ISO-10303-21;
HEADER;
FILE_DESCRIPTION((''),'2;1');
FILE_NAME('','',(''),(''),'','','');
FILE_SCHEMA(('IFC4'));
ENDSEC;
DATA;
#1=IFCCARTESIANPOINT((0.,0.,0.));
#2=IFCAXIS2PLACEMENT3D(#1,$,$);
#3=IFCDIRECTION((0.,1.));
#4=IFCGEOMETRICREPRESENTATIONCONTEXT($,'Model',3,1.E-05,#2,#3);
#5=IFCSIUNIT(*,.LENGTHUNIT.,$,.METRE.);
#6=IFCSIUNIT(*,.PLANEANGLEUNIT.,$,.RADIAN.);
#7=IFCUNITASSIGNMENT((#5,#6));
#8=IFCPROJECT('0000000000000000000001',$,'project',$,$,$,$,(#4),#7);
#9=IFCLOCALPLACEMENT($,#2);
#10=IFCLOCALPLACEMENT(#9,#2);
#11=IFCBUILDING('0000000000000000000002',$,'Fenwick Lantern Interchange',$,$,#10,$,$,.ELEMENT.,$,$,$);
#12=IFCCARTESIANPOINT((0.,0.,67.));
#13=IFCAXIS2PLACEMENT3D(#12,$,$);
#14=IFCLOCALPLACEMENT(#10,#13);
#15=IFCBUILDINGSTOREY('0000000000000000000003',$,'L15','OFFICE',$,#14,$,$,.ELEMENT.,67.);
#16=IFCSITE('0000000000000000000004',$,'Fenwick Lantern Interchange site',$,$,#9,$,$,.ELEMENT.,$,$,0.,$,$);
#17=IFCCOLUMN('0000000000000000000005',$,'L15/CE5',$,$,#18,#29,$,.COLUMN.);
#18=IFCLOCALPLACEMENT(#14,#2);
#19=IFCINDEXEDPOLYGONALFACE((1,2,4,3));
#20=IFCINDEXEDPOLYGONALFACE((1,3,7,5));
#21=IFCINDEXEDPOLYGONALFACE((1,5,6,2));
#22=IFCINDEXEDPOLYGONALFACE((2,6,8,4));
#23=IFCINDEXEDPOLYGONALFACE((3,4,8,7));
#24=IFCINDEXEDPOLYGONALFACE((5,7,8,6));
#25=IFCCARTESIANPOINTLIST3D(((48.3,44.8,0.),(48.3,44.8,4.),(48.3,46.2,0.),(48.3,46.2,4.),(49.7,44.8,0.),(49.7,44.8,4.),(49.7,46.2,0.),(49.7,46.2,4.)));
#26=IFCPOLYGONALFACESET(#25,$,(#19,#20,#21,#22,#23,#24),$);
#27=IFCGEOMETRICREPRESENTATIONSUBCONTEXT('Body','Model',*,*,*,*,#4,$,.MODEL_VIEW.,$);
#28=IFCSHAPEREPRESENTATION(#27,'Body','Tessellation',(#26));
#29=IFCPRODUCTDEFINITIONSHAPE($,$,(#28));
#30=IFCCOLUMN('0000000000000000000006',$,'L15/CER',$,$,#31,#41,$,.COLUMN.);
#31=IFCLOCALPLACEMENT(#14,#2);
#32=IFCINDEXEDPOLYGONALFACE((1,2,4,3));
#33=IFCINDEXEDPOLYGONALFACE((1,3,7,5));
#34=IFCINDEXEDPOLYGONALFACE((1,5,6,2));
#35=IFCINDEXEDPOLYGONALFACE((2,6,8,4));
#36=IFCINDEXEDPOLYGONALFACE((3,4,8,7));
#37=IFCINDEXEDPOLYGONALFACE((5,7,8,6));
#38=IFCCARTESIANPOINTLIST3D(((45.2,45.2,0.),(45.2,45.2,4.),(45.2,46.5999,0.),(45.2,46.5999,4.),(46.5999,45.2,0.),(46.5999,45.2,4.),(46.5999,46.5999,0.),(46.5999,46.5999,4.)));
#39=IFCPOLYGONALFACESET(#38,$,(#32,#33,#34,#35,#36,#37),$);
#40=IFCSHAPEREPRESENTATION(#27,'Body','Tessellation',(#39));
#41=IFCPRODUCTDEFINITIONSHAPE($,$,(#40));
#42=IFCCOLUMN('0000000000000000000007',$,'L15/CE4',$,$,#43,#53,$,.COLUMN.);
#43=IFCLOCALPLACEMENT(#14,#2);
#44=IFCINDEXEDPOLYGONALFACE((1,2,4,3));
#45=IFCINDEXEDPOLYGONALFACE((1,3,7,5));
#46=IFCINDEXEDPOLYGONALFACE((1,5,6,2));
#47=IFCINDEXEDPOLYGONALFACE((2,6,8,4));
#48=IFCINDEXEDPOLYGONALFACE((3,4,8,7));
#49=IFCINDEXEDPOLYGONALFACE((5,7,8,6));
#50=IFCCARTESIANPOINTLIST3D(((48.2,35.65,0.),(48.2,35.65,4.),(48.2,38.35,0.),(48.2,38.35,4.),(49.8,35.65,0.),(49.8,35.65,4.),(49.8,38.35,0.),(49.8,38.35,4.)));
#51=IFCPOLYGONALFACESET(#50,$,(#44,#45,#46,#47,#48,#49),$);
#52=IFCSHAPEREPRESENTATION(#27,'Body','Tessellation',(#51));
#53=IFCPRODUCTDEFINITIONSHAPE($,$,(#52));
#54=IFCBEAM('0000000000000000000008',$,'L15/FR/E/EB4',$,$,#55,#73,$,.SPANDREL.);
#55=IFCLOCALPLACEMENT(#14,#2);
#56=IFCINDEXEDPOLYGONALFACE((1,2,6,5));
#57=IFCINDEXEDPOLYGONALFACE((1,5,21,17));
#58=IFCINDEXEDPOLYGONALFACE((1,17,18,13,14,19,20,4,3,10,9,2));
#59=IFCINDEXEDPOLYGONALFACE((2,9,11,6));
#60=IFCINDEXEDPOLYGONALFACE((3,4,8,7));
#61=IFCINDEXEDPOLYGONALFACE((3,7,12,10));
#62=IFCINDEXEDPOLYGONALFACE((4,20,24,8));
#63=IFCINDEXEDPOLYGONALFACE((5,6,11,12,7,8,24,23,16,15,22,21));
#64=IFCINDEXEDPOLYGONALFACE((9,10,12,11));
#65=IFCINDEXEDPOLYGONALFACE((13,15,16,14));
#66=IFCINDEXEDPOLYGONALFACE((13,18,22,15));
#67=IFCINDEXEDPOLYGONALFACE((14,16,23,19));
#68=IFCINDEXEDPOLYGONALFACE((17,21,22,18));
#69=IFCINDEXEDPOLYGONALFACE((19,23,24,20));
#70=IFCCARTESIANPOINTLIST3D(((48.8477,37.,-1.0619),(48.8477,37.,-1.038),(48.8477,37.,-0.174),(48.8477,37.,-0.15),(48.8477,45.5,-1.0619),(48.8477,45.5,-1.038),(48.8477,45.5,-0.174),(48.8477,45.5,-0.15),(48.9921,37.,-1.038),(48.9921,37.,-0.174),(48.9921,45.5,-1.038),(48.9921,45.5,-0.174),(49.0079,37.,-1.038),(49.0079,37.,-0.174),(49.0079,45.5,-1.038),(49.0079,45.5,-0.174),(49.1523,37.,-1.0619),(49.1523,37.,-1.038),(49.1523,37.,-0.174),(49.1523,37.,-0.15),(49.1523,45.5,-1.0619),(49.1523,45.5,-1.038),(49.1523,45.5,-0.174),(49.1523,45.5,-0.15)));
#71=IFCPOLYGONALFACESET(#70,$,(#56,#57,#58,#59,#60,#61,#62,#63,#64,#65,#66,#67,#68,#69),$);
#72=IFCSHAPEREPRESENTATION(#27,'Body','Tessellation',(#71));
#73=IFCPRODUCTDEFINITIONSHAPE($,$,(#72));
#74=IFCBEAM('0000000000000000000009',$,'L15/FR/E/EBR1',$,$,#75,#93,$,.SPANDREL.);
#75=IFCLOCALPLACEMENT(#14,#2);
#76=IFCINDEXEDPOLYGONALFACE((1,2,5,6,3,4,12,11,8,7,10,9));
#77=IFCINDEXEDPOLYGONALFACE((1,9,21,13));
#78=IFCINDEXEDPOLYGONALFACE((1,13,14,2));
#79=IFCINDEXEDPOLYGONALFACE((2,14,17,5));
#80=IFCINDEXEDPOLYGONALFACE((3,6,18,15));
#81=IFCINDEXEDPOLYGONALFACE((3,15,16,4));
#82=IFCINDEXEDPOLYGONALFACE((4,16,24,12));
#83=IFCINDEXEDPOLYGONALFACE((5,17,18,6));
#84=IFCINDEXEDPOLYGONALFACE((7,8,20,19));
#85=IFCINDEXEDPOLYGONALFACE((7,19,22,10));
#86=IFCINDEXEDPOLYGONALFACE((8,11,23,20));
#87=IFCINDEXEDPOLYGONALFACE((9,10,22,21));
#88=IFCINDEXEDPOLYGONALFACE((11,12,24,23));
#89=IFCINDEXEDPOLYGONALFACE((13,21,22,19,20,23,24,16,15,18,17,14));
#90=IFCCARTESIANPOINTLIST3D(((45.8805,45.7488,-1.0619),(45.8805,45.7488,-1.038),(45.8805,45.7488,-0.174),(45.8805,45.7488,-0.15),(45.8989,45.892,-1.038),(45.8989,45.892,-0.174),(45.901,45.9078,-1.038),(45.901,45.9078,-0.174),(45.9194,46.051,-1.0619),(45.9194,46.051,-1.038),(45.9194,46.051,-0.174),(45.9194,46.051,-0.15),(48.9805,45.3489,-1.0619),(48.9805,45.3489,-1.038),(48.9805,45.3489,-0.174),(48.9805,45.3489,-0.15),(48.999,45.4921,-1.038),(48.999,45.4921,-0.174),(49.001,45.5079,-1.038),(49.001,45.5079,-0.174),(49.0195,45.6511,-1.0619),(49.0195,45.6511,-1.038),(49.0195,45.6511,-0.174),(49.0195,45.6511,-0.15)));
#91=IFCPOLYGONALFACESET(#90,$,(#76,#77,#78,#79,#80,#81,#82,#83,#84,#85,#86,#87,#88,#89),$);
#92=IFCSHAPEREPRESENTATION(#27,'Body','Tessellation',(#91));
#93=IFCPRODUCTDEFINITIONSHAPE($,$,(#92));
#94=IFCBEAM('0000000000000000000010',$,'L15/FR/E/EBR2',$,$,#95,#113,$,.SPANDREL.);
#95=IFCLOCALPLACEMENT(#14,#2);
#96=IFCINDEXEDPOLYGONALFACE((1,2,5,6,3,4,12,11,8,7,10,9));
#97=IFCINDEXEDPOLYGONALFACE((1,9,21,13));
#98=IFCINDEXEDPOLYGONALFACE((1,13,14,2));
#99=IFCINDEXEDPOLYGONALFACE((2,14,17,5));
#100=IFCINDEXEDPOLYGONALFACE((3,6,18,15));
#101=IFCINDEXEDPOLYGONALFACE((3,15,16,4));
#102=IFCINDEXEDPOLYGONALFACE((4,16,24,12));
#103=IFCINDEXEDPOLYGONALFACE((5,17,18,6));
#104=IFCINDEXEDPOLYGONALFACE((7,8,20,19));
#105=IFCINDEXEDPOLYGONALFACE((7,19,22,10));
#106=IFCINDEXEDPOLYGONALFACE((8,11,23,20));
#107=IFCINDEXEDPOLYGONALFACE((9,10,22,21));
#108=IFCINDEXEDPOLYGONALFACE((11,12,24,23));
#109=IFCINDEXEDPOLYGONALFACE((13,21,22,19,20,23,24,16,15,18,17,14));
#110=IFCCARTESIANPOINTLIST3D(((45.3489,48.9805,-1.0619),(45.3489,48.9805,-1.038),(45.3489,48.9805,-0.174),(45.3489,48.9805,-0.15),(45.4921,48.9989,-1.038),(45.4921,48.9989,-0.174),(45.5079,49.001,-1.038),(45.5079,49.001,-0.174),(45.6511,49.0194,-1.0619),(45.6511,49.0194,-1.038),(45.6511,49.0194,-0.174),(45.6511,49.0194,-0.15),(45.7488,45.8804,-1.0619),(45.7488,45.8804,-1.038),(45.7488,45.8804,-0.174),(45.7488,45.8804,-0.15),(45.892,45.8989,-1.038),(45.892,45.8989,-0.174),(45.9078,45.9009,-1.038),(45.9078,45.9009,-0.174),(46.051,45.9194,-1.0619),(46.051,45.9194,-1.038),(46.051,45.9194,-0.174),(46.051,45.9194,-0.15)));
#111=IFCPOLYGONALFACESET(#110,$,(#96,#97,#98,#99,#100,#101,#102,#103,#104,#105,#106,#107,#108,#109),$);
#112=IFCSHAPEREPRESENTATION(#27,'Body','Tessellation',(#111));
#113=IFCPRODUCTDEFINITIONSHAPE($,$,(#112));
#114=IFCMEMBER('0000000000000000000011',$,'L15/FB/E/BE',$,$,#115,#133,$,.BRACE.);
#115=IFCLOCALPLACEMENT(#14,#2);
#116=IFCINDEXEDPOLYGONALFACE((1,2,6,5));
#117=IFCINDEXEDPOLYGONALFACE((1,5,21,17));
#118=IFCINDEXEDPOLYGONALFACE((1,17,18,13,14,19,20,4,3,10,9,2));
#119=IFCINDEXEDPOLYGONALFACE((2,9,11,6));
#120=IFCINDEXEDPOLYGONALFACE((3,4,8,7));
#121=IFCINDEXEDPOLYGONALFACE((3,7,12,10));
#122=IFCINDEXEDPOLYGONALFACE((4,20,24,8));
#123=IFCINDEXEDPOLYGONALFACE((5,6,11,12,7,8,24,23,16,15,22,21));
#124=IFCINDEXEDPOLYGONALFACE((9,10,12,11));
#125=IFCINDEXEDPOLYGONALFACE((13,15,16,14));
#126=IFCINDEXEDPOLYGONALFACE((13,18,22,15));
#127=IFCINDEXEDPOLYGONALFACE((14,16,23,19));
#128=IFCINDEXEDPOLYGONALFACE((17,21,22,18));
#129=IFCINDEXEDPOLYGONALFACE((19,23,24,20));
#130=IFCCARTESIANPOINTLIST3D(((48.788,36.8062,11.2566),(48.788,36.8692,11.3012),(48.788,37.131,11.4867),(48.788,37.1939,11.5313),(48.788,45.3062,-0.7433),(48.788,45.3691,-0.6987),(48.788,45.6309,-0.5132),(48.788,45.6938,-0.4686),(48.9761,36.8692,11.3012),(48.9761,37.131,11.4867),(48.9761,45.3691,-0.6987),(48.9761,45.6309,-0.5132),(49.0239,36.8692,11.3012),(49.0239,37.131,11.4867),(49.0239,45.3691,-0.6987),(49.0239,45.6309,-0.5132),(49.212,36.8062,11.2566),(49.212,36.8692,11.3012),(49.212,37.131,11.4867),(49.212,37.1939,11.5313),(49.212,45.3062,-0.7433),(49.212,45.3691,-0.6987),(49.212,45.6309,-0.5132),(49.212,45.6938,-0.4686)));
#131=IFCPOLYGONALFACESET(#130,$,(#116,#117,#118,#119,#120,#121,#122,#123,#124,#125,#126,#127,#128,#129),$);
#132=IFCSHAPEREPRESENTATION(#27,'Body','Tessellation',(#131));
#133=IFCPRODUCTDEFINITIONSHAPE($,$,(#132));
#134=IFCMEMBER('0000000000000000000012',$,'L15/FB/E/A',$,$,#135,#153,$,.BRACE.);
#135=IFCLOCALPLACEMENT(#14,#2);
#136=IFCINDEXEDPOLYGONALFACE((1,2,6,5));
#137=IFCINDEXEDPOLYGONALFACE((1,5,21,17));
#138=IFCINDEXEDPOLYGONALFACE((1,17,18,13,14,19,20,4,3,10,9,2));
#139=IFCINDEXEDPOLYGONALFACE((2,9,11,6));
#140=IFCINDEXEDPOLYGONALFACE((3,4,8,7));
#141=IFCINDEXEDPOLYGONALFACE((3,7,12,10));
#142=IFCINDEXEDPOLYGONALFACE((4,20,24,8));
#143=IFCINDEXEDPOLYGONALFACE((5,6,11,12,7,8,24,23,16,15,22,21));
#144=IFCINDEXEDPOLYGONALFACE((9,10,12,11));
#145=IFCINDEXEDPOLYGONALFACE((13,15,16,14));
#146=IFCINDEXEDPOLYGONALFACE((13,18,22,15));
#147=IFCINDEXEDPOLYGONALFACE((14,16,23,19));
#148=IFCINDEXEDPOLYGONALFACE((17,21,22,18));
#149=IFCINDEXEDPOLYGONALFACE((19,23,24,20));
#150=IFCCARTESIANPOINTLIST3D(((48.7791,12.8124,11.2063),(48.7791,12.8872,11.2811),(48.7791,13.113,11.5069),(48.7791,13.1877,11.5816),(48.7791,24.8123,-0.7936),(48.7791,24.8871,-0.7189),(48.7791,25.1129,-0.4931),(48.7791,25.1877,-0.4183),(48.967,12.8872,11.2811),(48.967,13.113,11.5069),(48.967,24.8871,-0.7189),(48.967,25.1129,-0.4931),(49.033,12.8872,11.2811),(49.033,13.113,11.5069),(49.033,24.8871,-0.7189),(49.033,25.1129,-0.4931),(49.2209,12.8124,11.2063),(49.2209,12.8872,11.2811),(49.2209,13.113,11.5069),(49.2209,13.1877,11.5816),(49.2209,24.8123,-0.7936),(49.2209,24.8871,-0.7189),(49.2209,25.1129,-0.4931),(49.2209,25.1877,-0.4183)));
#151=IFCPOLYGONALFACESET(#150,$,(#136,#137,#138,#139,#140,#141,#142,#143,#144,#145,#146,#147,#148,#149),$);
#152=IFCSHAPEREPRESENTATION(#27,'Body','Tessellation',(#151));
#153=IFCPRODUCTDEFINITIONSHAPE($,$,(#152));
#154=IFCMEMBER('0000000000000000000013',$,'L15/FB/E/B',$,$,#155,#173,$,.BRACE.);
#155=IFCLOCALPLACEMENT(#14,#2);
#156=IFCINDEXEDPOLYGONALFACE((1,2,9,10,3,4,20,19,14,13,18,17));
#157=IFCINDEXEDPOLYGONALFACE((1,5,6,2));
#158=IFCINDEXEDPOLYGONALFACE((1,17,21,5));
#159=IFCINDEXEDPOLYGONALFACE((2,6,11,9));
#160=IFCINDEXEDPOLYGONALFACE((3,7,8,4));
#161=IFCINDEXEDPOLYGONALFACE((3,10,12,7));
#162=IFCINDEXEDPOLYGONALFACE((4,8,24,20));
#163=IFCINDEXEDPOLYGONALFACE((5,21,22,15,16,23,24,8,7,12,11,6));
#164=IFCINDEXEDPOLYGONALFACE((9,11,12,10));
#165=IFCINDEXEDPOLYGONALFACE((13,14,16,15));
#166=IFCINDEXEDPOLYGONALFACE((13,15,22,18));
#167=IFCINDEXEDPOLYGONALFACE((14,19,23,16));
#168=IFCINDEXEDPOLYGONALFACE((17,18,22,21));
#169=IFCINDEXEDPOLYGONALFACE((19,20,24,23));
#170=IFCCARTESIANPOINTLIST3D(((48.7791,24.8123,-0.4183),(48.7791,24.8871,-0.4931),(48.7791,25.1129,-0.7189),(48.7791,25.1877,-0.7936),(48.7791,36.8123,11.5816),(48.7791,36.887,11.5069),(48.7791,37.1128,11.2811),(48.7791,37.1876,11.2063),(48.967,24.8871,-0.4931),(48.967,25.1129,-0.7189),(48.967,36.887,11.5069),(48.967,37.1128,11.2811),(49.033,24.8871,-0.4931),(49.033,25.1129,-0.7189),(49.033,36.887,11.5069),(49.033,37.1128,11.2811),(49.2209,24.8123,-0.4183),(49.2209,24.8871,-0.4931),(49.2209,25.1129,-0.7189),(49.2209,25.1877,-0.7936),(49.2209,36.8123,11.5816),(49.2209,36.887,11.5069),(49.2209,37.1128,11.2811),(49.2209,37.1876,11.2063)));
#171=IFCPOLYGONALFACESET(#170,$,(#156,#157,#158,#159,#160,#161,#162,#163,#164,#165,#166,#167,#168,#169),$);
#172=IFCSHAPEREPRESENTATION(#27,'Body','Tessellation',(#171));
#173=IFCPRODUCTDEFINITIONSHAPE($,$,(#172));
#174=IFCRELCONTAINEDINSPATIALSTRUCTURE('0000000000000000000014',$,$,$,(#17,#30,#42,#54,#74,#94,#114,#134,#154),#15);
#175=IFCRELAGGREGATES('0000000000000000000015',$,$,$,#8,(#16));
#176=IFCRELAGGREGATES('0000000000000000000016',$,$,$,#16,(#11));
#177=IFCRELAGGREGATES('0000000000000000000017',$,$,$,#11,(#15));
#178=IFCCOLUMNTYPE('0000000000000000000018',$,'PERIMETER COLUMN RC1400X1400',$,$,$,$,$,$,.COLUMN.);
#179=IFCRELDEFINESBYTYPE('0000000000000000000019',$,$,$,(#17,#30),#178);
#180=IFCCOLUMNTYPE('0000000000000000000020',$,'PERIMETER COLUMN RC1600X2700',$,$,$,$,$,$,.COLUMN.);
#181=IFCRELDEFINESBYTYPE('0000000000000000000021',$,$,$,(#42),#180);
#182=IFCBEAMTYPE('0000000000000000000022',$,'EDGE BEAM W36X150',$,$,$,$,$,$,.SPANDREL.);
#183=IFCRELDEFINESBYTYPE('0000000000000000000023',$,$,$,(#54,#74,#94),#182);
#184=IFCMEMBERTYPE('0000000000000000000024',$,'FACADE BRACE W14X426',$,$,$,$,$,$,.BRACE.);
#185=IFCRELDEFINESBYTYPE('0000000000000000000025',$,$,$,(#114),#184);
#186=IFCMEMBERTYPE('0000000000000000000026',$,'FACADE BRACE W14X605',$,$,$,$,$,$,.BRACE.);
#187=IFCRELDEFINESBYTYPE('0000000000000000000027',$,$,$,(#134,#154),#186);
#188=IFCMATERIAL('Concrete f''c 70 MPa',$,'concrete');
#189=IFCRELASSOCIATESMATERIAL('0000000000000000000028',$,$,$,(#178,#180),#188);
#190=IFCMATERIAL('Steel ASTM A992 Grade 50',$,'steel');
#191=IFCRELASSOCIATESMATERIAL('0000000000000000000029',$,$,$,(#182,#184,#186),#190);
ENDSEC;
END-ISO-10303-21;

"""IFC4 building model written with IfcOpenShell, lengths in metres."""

from ifc_helpers import new_model, si_unit, direction, frame, origin, origin_2d, place, context, subcontext, project, spatial, rectangle, i_section, extrude, material, material_profile, profile_set, type_object, element, save


model = new_model("IFC4")

# Units and contexts
model_context = context("Model", 3, precision=1e-05, world=origin(), true_north=direction((0.0, 1.0)))
body_context = subcontext(model_context, "Body", "Model", "MODEL_VIEW")
ifc_project = project(units=[si_unit("LENGTHUNIT", "METRE"), si_unit("PLANEANGLEUNIT", "RADIAN")], contexts=[model_context])

# Site, building, storey
site_placement = place(None, origin())
site = spatial("IfcSite", under=ifc_project, at=site_placement, Name="Fenwick Lantern Interchange site", CompositionType="ELEMENT", RefElevation=0.0)
building_placement = place(site_placement, origin())
building = spatial("IfcBuilding", under=site, at=building_placement, Name="Fenwick Lantern Interchange", CompositionType="ELEMENT")
storey_placement = place(building_placement, frame((0.0, 0.0, 67.0)))
storey = spatial("IfcBuildingStorey", under=building, at=storey_placement, Name="L15", Description="OFFICE", CompositionType="ELEMENT", Elevation=67.0)

# Columns
ifc_material_1 = material(Name="Concrete f'c 70 MPa", Category="concrete")
ifc_material_profile_1 = material_profile(ifc_material_1, rectangle(XDim=1.3999, YDim=1.3999, at=origin_2d()), Name="RC1400X1400")
ifc_profile_set_1 = profile_set([ifc_material_profile_1], Name="Concrete f'c 70 MPa")
column_type_1 = type_object("IfcColumnType", Name="PERIMETER COLUMN RC1400X1400", PredefinedType="COLUMN", material=ifc_profile_set_1)
for number, where, z_axis, x_axis, name in (
    (1, (49.0, 45.5, 0.0), (0.0, 0.0, 1.0), (1.0, 0.0, 0.0), "L15/CE5"),
    (2, (45.8999, 45.8999, 0.0), (0.0, 0.0, 1.0), (1.0, 0.0, 0.0), "L15/CER"),
):
    element("IfcColumn", number, at=place(storey_placement, frame(where, z_axis=z_axis, x_axis=x_axis)), inside=storey, type_object=column_type_1, Name=name, PredefinedType="COLUMN", context=body_context, shape_type="SweptSolid", body=[
        extrude(rectangle(XDim=1.3999, YDim=1.3999, at=origin_2d()), origin(), (0.0, 0.0, 1.0), 4.0),
    ])
ifc_material_profile_2 = material_profile(ifc_material_1, rectangle(XDim=1.6001, YDim=2.7, at=origin_2d()), Name="RC1600X2700")
ifc_profile_set_2 = profile_set([ifc_material_profile_2], Name="Concrete f'c 70 MPa")
column_type_2 = type_object("IfcColumnType", Name="PERIMETER COLUMN RC1600X2700", PredefinedType="COLUMN", material=ifc_profile_set_2)
column_placement = place(storey_placement, frame((49.0, 37.0, 0.0), z_axis=(0.0, 0.0, 1.0), x_axis=(1.0, 0.0, 0.0)))
element("IfcColumn", 3, at=column_placement, inside=storey, type_object=column_type_2, Name="L15/CE4", PredefinedType="COLUMN", context=body_context, shape_type="SweptSolid", body=[
    extrude(rectangle(XDim=1.6001, YDim=2.7, at=origin_2d()), origin(), (0.0, 0.0, 1.0), 4.0),
])

# Beams
ifc_material_2 = material(Name="Steel ASTM A992 Grade 50", Category="steel")
ifc_material_profile_3 = material_profile(ifc_material_2, i_section(OverallWidth=0.3047, OverallDepth=0.9119, WebThickness=0.0159, FlangeThickness=0.0239, at=origin_2d()), Name="W36X150")
ifc_profile_set_3 = profile_set([ifc_material_profile_3], Name="Steel ASTM A992 Grade 50")
beam_type_1 = type_object("IfcBeamType", Name="EDGE BEAM W36X150", PredefinedType="SPANDREL", material=ifc_profile_set_3)
beam_1_placement = place(storey_placement, frame((49.0, 37.0, -0.606), z_axis=(0.0, 1.0, 0.0), x_axis=(-1.0, 0.0, 0.0)))
element("IfcBeam", 4, at=beam_1_placement, inside=storey, type_object=beam_type_1, Name="L15/FR/E/EB4", PredefinedType="SPANDREL", context=body_context, shape_type="SweptSolid", body=[
    extrude(i_section(OverallWidth=0.3047, OverallDepth=0.9119, WebThickness=0.0159, FlangeThickness=0.0239, at=origin_2d()), origin(), (0.0, 0.0, 1.0), 8.5),
])
for number, where, z_axis, x_axis, name in (
    (5, (49.0, 45.5, -0.606), (-0.991782, 0.127937, 0.0), (-0.127937, -0.991782, 0.0), "L15/FR/E/EBR1"),
    (6, (45.8999, 45.8999, -0.606), (-0.127937, 0.991782, 0.0), (-0.991782, -0.127937, 0.0), "L15/FR/E/EBR2"),
):
    element("IfcBeam", number, at=place(storey_placement, frame(where, z_axis=z_axis, x_axis=x_axis)), inside=storey, type_object=beam_type_1, Name=name, PredefinedType="SPANDREL", context=body_context, shape_type="SweptSolid", body=[
        extrude(i_section(OverallWidth=0.3047, OverallDepth=0.9119, WebThickness=0.0159, FlangeThickness=0.0239, at=origin_2d()), origin(), (0.0, 0.0, 1.0), 3.1257),
    ])

# Members
ifc_material_profile_4 = material_profile(ifc_material_2, i_section(OverallWidth=0.4241, OverallDepth=0.4751, WebThickness=0.0479, FlangeThickness=0.0771, at=origin_2d()), Name="W14X426")
ifc_profile_set_4 = profile_set([ifc_material_profile_4], Name="Steel ASTM A992 Grade 50")
member_type_1 = type_object("IfcMemberType", Name="FACADE BRACE W14X426", PredefinedType="BRACE", material=ifc_profile_set_4)
member_1_placement = place(storey_placement, frame((49.0, 45.5, -0.606), z_axis=(0.0, -0.578017, 0.816024), x_axis=(1.0, 0.0, 0.0)))
element("IfcMember", 7, at=member_1_placement, inside=storey, type_object=member_type_1, Name="L15/FB/E/BE", PredefinedType="BRACE", context=body_context, shape_type="SweptSolid", body=[
    extrude(i_section(OverallWidth=0.4241, OverallDepth=0.4751, WebThickness=0.0479, FlangeThickness=0.0771, at=origin_2d()), origin(), (0.0, 0.0, 1.0), 14.7053),
])
ifc_material_profile_5 = material_profile(ifc_material_2, i_section(OverallWidth=0.4419, OverallDepth=0.5308, WebThickness=0.0659, FlangeThickness=0.1057, at=origin_2d()), Name="W14X605")
ifc_profile_set_5 = profile_set([ifc_material_profile_5], Name="Steel ASTM A992 Grade 50")
member_type_2 = type_object("IfcMemberType", Name="FACADE BRACE W14X605", PredefinedType="BRACE", material=ifc_profile_set_5)
for number, where, z_axis, x_axis, name in (
    (8, (49.0, 25.0, -0.606), (0.0, -0.707107, 0.707107), (1.0, 0.0, 0.0), "L15/FB/E/A"),
    (9, (49.0, 25.0, -0.606), (0.0, 0.707107, 0.707107), (-1.0, 0.0, 0.0), "L15/FB/E/B"),
):
    element("IfcMember", number, at=place(storey_placement, frame(where, z_axis=z_axis, x_axis=x_axis)), inside=storey, type_object=member_type_2, Name=name, PredefinedType="BRACE", context=body_context, shape_type="SweptSolid", body=[
        extrude(i_section(OverallWidth=0.4419, OverallDepth=0.5308, WebThickness=0.0659, FlangeThickness=0.1057, at=origin_2d()), origin(), (0.0, 0.0, 1.0), 16.9705),
    ])

save(model, "model.ifc")
